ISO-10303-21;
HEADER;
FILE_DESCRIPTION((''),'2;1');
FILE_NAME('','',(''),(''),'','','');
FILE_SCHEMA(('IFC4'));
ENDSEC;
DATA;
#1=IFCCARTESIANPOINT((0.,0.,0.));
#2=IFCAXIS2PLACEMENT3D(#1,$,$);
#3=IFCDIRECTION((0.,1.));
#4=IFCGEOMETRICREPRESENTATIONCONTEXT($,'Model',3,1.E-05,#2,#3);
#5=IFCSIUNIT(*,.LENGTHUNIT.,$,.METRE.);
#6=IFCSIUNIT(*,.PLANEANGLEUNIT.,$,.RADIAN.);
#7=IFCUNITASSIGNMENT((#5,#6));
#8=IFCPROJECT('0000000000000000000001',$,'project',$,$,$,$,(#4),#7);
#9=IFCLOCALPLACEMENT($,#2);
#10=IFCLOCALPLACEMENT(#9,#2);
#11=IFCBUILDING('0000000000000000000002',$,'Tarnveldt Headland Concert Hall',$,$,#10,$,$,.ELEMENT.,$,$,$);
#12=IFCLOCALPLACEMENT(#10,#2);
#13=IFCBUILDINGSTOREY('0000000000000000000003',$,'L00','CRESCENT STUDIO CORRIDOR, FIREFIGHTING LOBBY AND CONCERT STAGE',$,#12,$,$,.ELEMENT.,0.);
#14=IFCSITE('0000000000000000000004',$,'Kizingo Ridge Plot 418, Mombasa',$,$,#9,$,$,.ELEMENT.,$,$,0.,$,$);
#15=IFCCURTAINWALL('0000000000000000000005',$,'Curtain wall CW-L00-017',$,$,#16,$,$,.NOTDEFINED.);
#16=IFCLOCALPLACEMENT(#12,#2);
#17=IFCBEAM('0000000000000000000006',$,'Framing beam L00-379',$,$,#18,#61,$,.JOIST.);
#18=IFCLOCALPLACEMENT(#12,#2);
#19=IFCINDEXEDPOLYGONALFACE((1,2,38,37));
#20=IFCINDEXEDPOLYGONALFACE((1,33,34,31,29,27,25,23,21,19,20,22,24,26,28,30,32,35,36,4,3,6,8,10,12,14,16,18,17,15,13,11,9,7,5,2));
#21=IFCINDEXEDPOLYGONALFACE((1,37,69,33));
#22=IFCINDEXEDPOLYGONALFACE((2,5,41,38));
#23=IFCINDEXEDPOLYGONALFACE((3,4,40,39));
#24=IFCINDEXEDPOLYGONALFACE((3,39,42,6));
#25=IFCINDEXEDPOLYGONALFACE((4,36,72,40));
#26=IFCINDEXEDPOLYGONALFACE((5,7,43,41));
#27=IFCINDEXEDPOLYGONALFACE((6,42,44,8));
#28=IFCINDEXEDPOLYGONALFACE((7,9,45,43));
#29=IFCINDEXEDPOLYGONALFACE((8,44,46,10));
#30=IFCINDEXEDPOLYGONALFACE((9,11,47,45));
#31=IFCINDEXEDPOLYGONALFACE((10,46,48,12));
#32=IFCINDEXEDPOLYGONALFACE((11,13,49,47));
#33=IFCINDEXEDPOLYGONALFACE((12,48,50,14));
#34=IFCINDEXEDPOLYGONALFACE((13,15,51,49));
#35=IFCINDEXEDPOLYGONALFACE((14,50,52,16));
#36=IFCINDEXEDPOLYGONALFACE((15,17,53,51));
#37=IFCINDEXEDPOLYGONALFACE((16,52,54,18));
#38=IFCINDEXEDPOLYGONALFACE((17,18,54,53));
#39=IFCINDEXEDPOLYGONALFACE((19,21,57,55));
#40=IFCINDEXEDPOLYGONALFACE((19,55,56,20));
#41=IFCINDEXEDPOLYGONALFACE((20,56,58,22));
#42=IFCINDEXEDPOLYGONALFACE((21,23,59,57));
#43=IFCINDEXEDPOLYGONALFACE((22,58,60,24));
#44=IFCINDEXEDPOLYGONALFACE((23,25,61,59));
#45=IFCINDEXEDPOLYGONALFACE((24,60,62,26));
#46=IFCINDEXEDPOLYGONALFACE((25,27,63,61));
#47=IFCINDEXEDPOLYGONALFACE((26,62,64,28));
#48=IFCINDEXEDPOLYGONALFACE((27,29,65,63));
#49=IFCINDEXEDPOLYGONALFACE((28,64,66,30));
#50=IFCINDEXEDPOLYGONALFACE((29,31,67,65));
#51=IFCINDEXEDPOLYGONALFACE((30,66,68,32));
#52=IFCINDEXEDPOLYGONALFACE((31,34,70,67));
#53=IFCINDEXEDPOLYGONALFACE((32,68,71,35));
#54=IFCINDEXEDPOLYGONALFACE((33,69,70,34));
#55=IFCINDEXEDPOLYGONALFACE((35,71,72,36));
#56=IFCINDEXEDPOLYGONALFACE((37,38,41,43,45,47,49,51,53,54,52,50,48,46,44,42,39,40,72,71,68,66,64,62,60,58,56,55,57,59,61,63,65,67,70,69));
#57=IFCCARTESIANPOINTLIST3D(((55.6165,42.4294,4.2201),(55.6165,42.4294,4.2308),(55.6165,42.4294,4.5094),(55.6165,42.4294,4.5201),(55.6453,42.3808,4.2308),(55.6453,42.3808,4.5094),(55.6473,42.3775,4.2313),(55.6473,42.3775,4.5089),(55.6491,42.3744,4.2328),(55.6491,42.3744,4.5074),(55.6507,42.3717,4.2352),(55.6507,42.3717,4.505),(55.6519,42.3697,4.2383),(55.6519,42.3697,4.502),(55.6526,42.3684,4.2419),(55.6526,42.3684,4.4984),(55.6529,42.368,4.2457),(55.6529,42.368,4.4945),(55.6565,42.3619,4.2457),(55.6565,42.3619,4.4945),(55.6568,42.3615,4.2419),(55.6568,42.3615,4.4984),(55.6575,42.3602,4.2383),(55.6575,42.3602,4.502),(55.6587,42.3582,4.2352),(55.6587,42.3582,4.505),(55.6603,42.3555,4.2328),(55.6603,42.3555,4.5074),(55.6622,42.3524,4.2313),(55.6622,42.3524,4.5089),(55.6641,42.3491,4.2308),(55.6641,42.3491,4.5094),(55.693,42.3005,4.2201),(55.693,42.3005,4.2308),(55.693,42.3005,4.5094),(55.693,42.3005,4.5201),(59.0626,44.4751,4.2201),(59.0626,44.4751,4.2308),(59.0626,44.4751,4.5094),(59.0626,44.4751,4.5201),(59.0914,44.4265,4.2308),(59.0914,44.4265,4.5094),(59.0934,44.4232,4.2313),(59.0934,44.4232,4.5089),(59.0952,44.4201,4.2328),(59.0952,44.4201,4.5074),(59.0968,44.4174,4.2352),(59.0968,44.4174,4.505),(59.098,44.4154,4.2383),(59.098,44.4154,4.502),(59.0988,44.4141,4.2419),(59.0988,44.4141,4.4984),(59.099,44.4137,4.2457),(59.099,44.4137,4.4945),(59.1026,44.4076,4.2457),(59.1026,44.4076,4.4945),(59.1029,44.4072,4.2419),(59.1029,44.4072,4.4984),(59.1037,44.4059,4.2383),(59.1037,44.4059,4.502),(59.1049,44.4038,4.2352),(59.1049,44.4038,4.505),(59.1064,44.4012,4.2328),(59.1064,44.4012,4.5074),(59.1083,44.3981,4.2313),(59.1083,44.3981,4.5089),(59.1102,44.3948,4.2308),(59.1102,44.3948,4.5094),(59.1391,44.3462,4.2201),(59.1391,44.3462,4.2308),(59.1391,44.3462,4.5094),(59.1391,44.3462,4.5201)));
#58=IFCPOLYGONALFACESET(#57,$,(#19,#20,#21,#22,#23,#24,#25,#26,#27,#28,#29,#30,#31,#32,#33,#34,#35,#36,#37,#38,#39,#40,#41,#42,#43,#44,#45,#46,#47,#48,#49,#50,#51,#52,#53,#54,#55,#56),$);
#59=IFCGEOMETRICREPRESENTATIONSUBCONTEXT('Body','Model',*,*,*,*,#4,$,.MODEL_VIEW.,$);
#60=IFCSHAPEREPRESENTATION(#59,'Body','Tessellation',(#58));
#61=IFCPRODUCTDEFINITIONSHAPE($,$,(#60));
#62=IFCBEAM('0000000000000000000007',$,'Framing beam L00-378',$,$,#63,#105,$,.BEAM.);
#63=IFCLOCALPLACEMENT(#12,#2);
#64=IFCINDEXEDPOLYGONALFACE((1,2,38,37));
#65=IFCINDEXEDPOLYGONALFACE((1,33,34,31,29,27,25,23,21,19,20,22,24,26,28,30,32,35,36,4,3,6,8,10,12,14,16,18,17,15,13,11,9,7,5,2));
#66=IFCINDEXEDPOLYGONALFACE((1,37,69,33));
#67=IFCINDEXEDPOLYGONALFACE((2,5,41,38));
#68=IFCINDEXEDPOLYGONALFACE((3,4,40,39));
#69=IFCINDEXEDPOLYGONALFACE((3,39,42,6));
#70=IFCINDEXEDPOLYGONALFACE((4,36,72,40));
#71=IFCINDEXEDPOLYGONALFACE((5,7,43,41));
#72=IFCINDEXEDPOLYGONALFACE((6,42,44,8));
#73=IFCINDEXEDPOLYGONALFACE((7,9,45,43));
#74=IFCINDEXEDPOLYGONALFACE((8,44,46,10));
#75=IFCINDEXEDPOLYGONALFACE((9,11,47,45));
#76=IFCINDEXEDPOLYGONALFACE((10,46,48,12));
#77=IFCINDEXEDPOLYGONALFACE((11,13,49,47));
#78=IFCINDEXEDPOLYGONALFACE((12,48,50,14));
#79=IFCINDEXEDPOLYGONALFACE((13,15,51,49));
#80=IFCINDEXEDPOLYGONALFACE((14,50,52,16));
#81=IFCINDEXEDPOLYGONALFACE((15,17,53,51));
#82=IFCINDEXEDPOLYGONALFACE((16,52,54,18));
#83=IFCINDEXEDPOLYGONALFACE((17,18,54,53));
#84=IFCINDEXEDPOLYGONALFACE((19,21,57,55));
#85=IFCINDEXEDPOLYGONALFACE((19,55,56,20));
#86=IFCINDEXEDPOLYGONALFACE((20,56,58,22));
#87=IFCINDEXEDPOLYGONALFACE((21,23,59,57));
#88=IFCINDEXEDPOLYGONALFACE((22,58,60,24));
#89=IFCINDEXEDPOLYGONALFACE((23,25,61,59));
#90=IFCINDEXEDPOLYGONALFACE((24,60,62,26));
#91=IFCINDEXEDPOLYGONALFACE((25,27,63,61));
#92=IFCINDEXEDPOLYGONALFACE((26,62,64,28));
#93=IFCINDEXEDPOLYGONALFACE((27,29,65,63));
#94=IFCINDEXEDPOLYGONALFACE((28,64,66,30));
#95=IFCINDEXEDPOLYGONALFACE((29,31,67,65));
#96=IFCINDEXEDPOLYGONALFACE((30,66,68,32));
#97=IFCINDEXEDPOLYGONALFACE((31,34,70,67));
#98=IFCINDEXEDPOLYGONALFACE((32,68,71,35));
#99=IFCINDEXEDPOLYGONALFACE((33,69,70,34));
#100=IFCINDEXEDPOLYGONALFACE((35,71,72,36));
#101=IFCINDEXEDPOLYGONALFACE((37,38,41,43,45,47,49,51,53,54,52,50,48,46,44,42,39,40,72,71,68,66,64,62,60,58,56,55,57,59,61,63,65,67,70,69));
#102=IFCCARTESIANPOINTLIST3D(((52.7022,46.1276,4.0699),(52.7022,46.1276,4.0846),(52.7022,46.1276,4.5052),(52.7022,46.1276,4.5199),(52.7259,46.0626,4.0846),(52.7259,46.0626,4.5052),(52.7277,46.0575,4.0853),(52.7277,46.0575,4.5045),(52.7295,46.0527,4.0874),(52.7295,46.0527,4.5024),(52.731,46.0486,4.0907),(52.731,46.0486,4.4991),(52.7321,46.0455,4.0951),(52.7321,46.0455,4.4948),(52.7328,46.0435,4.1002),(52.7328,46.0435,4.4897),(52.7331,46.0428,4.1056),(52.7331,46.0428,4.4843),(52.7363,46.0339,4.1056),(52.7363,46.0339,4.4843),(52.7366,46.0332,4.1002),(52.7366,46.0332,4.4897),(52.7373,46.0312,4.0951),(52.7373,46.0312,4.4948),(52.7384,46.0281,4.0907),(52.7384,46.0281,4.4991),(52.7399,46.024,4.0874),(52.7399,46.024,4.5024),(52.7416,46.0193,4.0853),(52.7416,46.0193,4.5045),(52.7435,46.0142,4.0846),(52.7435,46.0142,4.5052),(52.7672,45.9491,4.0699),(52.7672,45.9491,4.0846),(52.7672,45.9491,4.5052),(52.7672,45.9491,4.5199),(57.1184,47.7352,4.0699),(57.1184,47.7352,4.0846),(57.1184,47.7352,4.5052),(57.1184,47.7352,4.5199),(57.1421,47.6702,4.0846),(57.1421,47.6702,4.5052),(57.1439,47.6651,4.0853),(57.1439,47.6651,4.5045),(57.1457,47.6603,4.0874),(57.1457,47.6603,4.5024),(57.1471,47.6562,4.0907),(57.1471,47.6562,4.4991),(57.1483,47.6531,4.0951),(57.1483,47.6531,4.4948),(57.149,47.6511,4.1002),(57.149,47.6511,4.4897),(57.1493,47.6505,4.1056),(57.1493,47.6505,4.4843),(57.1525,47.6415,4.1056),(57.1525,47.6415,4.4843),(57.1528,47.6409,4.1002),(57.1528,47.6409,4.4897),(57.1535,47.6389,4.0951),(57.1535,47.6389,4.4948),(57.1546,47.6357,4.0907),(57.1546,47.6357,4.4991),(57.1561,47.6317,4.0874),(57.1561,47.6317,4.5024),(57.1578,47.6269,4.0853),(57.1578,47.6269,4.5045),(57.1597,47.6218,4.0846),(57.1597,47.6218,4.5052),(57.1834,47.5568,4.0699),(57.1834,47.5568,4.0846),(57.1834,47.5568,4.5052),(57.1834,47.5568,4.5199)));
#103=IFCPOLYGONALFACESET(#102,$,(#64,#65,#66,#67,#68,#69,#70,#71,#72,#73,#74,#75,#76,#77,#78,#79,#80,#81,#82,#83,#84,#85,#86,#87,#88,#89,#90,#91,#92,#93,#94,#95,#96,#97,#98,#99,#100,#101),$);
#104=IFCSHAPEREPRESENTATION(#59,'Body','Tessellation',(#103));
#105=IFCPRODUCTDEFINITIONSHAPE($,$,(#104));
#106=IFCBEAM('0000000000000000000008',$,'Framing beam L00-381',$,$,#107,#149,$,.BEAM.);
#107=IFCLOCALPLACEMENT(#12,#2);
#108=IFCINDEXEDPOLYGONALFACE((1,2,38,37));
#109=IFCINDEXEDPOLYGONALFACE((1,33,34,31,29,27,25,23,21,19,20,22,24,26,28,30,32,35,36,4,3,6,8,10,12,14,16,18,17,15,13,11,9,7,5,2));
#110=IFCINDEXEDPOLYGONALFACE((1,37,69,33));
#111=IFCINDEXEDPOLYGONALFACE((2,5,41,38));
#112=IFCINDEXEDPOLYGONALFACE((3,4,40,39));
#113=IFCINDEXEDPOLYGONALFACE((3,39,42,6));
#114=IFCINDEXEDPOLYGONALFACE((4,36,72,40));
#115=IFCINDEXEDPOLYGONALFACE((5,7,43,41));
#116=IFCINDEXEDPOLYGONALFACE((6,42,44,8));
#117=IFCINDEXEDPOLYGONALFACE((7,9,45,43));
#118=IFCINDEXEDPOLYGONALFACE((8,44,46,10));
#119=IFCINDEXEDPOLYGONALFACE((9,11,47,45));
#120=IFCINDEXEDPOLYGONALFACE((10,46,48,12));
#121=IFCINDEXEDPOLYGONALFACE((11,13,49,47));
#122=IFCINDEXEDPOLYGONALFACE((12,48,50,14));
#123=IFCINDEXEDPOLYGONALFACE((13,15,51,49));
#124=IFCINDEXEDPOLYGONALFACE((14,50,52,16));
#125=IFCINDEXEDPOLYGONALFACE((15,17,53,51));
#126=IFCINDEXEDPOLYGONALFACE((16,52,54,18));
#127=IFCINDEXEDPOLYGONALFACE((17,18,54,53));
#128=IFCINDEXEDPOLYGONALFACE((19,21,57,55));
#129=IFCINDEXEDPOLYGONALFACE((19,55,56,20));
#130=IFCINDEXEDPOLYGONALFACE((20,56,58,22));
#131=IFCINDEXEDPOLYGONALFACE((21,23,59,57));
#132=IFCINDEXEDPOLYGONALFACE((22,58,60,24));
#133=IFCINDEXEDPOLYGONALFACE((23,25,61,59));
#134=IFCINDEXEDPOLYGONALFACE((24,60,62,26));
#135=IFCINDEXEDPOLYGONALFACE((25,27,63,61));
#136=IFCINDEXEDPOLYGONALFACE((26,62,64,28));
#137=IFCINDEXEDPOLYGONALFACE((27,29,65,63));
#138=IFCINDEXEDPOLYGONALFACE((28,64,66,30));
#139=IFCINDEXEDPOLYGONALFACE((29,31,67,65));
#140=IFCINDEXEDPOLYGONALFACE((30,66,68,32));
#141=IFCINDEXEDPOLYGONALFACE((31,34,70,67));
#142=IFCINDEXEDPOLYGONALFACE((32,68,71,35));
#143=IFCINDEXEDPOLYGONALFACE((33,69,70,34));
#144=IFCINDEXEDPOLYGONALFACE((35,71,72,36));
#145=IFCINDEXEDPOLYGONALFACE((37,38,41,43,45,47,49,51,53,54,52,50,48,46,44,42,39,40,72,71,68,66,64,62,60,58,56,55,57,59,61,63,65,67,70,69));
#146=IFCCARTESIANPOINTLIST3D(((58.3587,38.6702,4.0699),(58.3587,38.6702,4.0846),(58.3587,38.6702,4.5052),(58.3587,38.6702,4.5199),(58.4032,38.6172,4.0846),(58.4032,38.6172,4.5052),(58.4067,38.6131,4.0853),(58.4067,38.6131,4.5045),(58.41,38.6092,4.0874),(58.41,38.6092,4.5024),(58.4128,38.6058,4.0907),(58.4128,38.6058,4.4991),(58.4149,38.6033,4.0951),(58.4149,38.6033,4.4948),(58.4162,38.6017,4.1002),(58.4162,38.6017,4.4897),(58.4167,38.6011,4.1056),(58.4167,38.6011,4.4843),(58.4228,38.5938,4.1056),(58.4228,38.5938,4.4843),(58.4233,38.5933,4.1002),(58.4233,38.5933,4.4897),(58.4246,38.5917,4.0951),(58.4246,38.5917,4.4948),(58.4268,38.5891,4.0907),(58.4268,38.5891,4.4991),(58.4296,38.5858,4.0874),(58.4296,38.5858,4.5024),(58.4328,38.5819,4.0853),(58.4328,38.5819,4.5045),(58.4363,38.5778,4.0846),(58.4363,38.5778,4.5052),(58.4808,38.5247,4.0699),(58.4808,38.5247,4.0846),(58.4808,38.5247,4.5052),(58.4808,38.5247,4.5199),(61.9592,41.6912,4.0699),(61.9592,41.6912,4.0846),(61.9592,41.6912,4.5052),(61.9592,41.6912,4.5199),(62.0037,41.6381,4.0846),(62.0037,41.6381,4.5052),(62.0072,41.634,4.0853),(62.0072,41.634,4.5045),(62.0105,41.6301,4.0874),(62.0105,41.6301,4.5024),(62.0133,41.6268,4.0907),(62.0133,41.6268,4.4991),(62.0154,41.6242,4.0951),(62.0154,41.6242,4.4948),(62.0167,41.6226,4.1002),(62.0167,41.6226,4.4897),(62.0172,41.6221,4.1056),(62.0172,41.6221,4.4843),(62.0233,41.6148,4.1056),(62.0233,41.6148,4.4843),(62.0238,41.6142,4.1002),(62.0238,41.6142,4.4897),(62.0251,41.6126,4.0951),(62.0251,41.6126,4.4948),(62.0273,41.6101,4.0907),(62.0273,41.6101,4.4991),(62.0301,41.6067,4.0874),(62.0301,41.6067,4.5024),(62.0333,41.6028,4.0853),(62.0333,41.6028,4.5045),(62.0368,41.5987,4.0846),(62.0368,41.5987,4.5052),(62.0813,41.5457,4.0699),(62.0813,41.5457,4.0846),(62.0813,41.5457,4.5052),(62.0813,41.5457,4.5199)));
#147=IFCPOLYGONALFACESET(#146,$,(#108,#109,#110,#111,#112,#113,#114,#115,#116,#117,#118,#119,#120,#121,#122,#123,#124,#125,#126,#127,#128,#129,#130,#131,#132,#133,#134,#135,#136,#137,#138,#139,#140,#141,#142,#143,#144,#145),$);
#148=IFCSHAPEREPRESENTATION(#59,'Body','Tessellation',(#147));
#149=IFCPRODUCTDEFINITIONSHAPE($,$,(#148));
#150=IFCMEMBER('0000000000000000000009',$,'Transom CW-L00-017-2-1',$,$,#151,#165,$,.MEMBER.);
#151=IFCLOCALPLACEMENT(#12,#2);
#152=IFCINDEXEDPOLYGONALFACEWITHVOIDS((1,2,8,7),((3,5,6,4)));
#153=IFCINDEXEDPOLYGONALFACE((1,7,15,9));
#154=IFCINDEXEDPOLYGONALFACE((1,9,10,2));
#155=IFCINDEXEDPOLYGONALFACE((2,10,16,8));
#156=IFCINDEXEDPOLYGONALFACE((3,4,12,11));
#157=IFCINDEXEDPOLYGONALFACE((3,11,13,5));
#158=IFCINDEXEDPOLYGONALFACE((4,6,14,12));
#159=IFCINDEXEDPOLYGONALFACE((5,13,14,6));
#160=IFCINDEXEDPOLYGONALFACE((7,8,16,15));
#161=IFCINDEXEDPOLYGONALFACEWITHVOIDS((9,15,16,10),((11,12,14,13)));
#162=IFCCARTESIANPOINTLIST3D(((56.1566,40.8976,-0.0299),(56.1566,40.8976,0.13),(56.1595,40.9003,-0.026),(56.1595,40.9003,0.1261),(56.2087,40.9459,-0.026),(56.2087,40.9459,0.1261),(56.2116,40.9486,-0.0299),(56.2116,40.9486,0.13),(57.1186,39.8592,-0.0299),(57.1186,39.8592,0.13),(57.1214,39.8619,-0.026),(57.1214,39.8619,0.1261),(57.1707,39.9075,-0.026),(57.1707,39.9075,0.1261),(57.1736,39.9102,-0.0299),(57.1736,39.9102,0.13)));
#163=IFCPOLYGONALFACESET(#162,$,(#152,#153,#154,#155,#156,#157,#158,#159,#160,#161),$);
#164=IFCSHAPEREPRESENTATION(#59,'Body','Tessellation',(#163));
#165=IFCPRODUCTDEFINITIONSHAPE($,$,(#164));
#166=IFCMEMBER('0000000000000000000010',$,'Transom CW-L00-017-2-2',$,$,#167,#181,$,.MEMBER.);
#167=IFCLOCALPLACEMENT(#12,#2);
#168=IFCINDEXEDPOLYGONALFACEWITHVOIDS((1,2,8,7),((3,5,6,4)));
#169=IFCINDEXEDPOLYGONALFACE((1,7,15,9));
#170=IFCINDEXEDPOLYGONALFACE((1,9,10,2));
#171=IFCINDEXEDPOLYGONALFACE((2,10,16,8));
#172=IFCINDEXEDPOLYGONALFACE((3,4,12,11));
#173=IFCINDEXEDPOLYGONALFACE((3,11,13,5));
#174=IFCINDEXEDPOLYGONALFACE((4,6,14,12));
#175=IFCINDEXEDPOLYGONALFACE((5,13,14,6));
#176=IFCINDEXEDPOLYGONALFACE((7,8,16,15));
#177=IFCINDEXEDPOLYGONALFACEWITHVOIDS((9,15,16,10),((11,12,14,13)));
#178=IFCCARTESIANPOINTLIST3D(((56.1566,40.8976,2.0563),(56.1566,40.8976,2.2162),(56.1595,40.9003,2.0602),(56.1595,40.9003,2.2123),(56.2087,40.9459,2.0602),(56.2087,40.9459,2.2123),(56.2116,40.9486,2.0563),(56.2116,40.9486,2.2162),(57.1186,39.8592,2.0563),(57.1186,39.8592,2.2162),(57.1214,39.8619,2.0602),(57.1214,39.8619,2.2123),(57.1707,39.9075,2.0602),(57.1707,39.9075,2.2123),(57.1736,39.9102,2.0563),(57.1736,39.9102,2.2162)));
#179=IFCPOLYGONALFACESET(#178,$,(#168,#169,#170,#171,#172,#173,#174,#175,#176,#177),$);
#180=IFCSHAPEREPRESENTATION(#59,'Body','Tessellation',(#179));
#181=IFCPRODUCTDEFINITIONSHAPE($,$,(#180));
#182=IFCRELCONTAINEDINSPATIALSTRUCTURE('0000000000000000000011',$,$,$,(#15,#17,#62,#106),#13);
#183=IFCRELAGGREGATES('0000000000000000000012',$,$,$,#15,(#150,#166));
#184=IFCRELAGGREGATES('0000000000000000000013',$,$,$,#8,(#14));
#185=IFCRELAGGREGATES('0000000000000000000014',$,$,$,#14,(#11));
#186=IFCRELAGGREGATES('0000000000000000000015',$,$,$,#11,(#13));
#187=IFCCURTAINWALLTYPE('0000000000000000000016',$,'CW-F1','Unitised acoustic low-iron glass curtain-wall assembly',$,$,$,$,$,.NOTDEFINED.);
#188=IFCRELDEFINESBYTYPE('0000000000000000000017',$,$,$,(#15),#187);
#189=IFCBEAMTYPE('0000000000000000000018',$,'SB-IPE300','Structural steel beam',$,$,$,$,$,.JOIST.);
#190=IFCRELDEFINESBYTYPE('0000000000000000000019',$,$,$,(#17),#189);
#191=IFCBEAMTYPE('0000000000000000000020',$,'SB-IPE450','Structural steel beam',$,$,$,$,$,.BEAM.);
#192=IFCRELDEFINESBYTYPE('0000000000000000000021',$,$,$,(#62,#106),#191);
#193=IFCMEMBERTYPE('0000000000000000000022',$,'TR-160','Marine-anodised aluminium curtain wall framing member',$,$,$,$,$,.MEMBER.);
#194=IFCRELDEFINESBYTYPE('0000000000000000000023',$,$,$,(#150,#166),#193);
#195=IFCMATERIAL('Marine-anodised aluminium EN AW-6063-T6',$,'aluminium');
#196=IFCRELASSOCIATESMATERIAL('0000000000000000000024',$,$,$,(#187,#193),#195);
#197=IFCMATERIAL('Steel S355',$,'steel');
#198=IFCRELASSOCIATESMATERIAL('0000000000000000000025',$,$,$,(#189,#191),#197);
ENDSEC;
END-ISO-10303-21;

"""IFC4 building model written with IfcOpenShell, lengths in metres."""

from ifc_helpers import new_model, si_unit, direction, frame, origin, origin_2d, place, context, subcontext, project, spatial, hollow_rectangle, i_section, extrude, material, material_profile, profile_set, type_object, element, aggregate, save


model = new_model("IFC4")

# Units and contexts
model_context = context("Model", 3, precision=1e-05, world=origin(), true_north=direction((0.0, 1.0)))
body_context = subcontext(model_context, "Body", "Model", "MODEL_VIEW")
ifc_project = project(units=[si_unit("LENGTHUNIT", "METRE"), si_unit("PLANEANGLEUNIT", "RADIAN")], contexts=[model_context])

# Site, building, storey
site_placement = place(None, origin())
site = spatial("IfcSite", under=ifc_project, at=site_placement, Name="Kizingo Ridge Plot 418, Mombasa", CompositionType="ELEMENT", RefElevation=0.0)
building_placement = place(site_placement, origin())
building = spatial("IfcBuilding", under=site, at=building_placement, Name="Tarnveldt Headland Concert Hall", CompositionType="ELEMENT")
storey_placement = place(building_placement, origin())
storey = spatial("IfcBuildingStorey", under=building, at=storey_placement, Name="L00", Description="CRESCENT STUDIO CORRIDOR, FIREFIGHTING LOBBY AND CONCERT STAGE", CompositionType="ELEMENT", Elevation=0.0)

# Shared definitions
ifc_material_1 = material(Name="Steel S355", Category="steel")

# Curtain wall
ifc_material_2 = material(Name="Marine-anodised aluminium EN AW-6063-T6", Category="aluminium")
curtain_wall_type = type_object("IfcCurtainWallType", Name="CW-F1", Description="Unitised acoustic low-iron glass curtain-wall assembly", PredefinedType="NOTDEFINED", material=ifc_material_2)
curtain_wall_placement = place(storey_placement, origin())
curtain_wall = element("IfcCurtainWall", 1, at=curtain_wall_placement, inside=storey, type_object=curtain_wall_type, Name="Curtain wall CW-L00-017", PredefinedType="NOTDEFINED")

# Beams
ifc_material_profile_1 = material_profile(ifc_material_1, i_section(OverallWidth=0.1499, OverallDepth=0.3, WebThickness=0.0071, FlangeThickness=0.0107, FilletRadius=0.0149, at=origin_2d()), Name="IPE300", Category="steel")
ifc_profile_set_1 = profile_set([ifc_material_profile_1], Name="Steel S355")
beam_type_1 = type_object("IfcBeamType", Name="SB-IPE300", Description="Structural steel beam", PredefinedType="JOIST", material=ifc_profile_set_1)
beam_1_placement = place(storey_placement, frame((59.1008, 44.4106, 4.3701), z_axis=(-0.859902, -0.510459, 0.0), x_axis=(0.510459, -0.859902, 0.0)))
element("IfcBeam", 2, at=beam_1_placement, inside=storey, type_object=beam_type_1, Name="Framing beam L00-379", PredefinedType="JOIST", context=body_context, shape_type="SweptSolid", body=[
    extrude(i_section(OverallWidth=0.1499, OverallDepth=0.3, WebThickness=0.0071, FlangeThickness=0.0107, FilletRadius=0.0149, at=origin_2d()), origin(), (0.0, 0.0, 1.0), 4.0076),
])
ifc_material_profile_2 = material_profile(ifc_material_1, i_section(OverallWidth=0.1899, OverallDepth=0.45, WebThickness=0.0095, FlangeThickness=0.0146, FilletRadius=0.021, at=origin_2d()), Name="IPE450", Category="steel")
ifc_profile_set_2 = profile_set([ifc_material_profile_2], Name="Steel S355")
beam_type_2 = type_object("IfcBeamType", Name="SB-IPE450", Description="Structural steel beam", PredefinedType="BEAM", material=ifc_profile_set_2)
beam_2_placement = place(storey_placement, frame((57.1509, 47.646, 4.2949), z_axis=(-0.939674, -0.342073, 0.0), x_axis=(0.342073, -0.939674, 0.0)))
element("IfcBeam", 3, at=beam_2_placement, inside=storey, type_object=beam_type_2, Name="Framing beam L00-378", PredefinedType="BEAM", context=body_context, shape_type="SweptSolid", body=[
    extrude(i_section(OverallWidth=0.1899, OverallDepth=0.45, WebThickness=0.0095, FlangeThickness=0.0146, FilletRadius=0.021, at=origin_2d()), origin(), (0.0, 0.0, 1.0), 4.6997),
])
beam_3_placement = place(storey_placement, frame((62.0203, 41.6184, 4.2949), z_axis=(-0.766071, -0.642756, 0.0), x_axis=(0.642756, -0.766071, 0.0)))
element("IfcBeam", 4, at=beam_3_placement, inside=storey, type_object=beam_type_2, Name="Framing beam L00-381", PredefinedType="BEAM", context=body_context, shape_type="SweptSolid", body=[
    extrude(i_section(OverallWidth=0.1899, OverallDepth=0.45, WebThickness=0.0095, FlangeThickness=0.0146, FilletRadius=0.021, at=origin_2d()), origin(), (0.0, 0.0, 1.0), 4.7),
])

# Members
ifc_material_profile_3 = material_profile(ifc_material_2, hollow_rectangle(XDim=0.075, YDim=0.1599, WallThickness=0.0039, at=origin_2d()), Name="ALU TRANSOM 75x160x4", Category="aluminium")
ifc_profile_set_3 = profile_set([ifc_material_profile_3], Name="Marine-anodised aluminium EN AW-6063-T6")
member_type_1 = type_object("IfcMemberType", Name="TR-160", Description="Marine-anodised aluminium curtain wall framing member", PredefinedType="MEMBER", material=ifc_profile_set_3)
member_1_placement = place(storey_placement, frame((56.1841, 40.9231, 0.05), z_axis=(0.679597, -0.733585, 0.0), x_axis=(0.733585, 0.679597, 0.0)))
member_1 = element("IfcMember", 5, at=member_1_placement, type_object=member_type_1, Name="Transom CW-L00-017-2-1", PredefinedType="MEMBER", context=body_context, shape_type="SweptSolid", body=[
    extrude(hollow_rectangle(XDim=0.075, YDim=0.1599, WallThickness=0.0039, at=origin_2d()), origin(), (0.0, 0.0, 1.0), 1.4155),
])
member_2_placement = place(storey_placement, frame((56.1841, 40.9231, 2.1362), z_axis=(0.679597, -0.733585, 0.0), x_axis=(0.733585, 0.679597, 0.0)))
member_2 = element("IfcMember", 6, at=member_2_placement, type_object=member_type_1, Name="Transom CW-L00-017-2-2", PredefinedType="MEMBER", context=body_context, shape_type="SweptSolid", body=[
    extrude(hollow_rectangle(XDim=0.075, YDim=0.1599, WallThickness=0.0039, at=origin_2d()), origin(), (0.0, 0.0, 1.0), 1.4155),
])

aggregate(curtain_wall, [member_1, member_2])

save(model, "model.ifc")
